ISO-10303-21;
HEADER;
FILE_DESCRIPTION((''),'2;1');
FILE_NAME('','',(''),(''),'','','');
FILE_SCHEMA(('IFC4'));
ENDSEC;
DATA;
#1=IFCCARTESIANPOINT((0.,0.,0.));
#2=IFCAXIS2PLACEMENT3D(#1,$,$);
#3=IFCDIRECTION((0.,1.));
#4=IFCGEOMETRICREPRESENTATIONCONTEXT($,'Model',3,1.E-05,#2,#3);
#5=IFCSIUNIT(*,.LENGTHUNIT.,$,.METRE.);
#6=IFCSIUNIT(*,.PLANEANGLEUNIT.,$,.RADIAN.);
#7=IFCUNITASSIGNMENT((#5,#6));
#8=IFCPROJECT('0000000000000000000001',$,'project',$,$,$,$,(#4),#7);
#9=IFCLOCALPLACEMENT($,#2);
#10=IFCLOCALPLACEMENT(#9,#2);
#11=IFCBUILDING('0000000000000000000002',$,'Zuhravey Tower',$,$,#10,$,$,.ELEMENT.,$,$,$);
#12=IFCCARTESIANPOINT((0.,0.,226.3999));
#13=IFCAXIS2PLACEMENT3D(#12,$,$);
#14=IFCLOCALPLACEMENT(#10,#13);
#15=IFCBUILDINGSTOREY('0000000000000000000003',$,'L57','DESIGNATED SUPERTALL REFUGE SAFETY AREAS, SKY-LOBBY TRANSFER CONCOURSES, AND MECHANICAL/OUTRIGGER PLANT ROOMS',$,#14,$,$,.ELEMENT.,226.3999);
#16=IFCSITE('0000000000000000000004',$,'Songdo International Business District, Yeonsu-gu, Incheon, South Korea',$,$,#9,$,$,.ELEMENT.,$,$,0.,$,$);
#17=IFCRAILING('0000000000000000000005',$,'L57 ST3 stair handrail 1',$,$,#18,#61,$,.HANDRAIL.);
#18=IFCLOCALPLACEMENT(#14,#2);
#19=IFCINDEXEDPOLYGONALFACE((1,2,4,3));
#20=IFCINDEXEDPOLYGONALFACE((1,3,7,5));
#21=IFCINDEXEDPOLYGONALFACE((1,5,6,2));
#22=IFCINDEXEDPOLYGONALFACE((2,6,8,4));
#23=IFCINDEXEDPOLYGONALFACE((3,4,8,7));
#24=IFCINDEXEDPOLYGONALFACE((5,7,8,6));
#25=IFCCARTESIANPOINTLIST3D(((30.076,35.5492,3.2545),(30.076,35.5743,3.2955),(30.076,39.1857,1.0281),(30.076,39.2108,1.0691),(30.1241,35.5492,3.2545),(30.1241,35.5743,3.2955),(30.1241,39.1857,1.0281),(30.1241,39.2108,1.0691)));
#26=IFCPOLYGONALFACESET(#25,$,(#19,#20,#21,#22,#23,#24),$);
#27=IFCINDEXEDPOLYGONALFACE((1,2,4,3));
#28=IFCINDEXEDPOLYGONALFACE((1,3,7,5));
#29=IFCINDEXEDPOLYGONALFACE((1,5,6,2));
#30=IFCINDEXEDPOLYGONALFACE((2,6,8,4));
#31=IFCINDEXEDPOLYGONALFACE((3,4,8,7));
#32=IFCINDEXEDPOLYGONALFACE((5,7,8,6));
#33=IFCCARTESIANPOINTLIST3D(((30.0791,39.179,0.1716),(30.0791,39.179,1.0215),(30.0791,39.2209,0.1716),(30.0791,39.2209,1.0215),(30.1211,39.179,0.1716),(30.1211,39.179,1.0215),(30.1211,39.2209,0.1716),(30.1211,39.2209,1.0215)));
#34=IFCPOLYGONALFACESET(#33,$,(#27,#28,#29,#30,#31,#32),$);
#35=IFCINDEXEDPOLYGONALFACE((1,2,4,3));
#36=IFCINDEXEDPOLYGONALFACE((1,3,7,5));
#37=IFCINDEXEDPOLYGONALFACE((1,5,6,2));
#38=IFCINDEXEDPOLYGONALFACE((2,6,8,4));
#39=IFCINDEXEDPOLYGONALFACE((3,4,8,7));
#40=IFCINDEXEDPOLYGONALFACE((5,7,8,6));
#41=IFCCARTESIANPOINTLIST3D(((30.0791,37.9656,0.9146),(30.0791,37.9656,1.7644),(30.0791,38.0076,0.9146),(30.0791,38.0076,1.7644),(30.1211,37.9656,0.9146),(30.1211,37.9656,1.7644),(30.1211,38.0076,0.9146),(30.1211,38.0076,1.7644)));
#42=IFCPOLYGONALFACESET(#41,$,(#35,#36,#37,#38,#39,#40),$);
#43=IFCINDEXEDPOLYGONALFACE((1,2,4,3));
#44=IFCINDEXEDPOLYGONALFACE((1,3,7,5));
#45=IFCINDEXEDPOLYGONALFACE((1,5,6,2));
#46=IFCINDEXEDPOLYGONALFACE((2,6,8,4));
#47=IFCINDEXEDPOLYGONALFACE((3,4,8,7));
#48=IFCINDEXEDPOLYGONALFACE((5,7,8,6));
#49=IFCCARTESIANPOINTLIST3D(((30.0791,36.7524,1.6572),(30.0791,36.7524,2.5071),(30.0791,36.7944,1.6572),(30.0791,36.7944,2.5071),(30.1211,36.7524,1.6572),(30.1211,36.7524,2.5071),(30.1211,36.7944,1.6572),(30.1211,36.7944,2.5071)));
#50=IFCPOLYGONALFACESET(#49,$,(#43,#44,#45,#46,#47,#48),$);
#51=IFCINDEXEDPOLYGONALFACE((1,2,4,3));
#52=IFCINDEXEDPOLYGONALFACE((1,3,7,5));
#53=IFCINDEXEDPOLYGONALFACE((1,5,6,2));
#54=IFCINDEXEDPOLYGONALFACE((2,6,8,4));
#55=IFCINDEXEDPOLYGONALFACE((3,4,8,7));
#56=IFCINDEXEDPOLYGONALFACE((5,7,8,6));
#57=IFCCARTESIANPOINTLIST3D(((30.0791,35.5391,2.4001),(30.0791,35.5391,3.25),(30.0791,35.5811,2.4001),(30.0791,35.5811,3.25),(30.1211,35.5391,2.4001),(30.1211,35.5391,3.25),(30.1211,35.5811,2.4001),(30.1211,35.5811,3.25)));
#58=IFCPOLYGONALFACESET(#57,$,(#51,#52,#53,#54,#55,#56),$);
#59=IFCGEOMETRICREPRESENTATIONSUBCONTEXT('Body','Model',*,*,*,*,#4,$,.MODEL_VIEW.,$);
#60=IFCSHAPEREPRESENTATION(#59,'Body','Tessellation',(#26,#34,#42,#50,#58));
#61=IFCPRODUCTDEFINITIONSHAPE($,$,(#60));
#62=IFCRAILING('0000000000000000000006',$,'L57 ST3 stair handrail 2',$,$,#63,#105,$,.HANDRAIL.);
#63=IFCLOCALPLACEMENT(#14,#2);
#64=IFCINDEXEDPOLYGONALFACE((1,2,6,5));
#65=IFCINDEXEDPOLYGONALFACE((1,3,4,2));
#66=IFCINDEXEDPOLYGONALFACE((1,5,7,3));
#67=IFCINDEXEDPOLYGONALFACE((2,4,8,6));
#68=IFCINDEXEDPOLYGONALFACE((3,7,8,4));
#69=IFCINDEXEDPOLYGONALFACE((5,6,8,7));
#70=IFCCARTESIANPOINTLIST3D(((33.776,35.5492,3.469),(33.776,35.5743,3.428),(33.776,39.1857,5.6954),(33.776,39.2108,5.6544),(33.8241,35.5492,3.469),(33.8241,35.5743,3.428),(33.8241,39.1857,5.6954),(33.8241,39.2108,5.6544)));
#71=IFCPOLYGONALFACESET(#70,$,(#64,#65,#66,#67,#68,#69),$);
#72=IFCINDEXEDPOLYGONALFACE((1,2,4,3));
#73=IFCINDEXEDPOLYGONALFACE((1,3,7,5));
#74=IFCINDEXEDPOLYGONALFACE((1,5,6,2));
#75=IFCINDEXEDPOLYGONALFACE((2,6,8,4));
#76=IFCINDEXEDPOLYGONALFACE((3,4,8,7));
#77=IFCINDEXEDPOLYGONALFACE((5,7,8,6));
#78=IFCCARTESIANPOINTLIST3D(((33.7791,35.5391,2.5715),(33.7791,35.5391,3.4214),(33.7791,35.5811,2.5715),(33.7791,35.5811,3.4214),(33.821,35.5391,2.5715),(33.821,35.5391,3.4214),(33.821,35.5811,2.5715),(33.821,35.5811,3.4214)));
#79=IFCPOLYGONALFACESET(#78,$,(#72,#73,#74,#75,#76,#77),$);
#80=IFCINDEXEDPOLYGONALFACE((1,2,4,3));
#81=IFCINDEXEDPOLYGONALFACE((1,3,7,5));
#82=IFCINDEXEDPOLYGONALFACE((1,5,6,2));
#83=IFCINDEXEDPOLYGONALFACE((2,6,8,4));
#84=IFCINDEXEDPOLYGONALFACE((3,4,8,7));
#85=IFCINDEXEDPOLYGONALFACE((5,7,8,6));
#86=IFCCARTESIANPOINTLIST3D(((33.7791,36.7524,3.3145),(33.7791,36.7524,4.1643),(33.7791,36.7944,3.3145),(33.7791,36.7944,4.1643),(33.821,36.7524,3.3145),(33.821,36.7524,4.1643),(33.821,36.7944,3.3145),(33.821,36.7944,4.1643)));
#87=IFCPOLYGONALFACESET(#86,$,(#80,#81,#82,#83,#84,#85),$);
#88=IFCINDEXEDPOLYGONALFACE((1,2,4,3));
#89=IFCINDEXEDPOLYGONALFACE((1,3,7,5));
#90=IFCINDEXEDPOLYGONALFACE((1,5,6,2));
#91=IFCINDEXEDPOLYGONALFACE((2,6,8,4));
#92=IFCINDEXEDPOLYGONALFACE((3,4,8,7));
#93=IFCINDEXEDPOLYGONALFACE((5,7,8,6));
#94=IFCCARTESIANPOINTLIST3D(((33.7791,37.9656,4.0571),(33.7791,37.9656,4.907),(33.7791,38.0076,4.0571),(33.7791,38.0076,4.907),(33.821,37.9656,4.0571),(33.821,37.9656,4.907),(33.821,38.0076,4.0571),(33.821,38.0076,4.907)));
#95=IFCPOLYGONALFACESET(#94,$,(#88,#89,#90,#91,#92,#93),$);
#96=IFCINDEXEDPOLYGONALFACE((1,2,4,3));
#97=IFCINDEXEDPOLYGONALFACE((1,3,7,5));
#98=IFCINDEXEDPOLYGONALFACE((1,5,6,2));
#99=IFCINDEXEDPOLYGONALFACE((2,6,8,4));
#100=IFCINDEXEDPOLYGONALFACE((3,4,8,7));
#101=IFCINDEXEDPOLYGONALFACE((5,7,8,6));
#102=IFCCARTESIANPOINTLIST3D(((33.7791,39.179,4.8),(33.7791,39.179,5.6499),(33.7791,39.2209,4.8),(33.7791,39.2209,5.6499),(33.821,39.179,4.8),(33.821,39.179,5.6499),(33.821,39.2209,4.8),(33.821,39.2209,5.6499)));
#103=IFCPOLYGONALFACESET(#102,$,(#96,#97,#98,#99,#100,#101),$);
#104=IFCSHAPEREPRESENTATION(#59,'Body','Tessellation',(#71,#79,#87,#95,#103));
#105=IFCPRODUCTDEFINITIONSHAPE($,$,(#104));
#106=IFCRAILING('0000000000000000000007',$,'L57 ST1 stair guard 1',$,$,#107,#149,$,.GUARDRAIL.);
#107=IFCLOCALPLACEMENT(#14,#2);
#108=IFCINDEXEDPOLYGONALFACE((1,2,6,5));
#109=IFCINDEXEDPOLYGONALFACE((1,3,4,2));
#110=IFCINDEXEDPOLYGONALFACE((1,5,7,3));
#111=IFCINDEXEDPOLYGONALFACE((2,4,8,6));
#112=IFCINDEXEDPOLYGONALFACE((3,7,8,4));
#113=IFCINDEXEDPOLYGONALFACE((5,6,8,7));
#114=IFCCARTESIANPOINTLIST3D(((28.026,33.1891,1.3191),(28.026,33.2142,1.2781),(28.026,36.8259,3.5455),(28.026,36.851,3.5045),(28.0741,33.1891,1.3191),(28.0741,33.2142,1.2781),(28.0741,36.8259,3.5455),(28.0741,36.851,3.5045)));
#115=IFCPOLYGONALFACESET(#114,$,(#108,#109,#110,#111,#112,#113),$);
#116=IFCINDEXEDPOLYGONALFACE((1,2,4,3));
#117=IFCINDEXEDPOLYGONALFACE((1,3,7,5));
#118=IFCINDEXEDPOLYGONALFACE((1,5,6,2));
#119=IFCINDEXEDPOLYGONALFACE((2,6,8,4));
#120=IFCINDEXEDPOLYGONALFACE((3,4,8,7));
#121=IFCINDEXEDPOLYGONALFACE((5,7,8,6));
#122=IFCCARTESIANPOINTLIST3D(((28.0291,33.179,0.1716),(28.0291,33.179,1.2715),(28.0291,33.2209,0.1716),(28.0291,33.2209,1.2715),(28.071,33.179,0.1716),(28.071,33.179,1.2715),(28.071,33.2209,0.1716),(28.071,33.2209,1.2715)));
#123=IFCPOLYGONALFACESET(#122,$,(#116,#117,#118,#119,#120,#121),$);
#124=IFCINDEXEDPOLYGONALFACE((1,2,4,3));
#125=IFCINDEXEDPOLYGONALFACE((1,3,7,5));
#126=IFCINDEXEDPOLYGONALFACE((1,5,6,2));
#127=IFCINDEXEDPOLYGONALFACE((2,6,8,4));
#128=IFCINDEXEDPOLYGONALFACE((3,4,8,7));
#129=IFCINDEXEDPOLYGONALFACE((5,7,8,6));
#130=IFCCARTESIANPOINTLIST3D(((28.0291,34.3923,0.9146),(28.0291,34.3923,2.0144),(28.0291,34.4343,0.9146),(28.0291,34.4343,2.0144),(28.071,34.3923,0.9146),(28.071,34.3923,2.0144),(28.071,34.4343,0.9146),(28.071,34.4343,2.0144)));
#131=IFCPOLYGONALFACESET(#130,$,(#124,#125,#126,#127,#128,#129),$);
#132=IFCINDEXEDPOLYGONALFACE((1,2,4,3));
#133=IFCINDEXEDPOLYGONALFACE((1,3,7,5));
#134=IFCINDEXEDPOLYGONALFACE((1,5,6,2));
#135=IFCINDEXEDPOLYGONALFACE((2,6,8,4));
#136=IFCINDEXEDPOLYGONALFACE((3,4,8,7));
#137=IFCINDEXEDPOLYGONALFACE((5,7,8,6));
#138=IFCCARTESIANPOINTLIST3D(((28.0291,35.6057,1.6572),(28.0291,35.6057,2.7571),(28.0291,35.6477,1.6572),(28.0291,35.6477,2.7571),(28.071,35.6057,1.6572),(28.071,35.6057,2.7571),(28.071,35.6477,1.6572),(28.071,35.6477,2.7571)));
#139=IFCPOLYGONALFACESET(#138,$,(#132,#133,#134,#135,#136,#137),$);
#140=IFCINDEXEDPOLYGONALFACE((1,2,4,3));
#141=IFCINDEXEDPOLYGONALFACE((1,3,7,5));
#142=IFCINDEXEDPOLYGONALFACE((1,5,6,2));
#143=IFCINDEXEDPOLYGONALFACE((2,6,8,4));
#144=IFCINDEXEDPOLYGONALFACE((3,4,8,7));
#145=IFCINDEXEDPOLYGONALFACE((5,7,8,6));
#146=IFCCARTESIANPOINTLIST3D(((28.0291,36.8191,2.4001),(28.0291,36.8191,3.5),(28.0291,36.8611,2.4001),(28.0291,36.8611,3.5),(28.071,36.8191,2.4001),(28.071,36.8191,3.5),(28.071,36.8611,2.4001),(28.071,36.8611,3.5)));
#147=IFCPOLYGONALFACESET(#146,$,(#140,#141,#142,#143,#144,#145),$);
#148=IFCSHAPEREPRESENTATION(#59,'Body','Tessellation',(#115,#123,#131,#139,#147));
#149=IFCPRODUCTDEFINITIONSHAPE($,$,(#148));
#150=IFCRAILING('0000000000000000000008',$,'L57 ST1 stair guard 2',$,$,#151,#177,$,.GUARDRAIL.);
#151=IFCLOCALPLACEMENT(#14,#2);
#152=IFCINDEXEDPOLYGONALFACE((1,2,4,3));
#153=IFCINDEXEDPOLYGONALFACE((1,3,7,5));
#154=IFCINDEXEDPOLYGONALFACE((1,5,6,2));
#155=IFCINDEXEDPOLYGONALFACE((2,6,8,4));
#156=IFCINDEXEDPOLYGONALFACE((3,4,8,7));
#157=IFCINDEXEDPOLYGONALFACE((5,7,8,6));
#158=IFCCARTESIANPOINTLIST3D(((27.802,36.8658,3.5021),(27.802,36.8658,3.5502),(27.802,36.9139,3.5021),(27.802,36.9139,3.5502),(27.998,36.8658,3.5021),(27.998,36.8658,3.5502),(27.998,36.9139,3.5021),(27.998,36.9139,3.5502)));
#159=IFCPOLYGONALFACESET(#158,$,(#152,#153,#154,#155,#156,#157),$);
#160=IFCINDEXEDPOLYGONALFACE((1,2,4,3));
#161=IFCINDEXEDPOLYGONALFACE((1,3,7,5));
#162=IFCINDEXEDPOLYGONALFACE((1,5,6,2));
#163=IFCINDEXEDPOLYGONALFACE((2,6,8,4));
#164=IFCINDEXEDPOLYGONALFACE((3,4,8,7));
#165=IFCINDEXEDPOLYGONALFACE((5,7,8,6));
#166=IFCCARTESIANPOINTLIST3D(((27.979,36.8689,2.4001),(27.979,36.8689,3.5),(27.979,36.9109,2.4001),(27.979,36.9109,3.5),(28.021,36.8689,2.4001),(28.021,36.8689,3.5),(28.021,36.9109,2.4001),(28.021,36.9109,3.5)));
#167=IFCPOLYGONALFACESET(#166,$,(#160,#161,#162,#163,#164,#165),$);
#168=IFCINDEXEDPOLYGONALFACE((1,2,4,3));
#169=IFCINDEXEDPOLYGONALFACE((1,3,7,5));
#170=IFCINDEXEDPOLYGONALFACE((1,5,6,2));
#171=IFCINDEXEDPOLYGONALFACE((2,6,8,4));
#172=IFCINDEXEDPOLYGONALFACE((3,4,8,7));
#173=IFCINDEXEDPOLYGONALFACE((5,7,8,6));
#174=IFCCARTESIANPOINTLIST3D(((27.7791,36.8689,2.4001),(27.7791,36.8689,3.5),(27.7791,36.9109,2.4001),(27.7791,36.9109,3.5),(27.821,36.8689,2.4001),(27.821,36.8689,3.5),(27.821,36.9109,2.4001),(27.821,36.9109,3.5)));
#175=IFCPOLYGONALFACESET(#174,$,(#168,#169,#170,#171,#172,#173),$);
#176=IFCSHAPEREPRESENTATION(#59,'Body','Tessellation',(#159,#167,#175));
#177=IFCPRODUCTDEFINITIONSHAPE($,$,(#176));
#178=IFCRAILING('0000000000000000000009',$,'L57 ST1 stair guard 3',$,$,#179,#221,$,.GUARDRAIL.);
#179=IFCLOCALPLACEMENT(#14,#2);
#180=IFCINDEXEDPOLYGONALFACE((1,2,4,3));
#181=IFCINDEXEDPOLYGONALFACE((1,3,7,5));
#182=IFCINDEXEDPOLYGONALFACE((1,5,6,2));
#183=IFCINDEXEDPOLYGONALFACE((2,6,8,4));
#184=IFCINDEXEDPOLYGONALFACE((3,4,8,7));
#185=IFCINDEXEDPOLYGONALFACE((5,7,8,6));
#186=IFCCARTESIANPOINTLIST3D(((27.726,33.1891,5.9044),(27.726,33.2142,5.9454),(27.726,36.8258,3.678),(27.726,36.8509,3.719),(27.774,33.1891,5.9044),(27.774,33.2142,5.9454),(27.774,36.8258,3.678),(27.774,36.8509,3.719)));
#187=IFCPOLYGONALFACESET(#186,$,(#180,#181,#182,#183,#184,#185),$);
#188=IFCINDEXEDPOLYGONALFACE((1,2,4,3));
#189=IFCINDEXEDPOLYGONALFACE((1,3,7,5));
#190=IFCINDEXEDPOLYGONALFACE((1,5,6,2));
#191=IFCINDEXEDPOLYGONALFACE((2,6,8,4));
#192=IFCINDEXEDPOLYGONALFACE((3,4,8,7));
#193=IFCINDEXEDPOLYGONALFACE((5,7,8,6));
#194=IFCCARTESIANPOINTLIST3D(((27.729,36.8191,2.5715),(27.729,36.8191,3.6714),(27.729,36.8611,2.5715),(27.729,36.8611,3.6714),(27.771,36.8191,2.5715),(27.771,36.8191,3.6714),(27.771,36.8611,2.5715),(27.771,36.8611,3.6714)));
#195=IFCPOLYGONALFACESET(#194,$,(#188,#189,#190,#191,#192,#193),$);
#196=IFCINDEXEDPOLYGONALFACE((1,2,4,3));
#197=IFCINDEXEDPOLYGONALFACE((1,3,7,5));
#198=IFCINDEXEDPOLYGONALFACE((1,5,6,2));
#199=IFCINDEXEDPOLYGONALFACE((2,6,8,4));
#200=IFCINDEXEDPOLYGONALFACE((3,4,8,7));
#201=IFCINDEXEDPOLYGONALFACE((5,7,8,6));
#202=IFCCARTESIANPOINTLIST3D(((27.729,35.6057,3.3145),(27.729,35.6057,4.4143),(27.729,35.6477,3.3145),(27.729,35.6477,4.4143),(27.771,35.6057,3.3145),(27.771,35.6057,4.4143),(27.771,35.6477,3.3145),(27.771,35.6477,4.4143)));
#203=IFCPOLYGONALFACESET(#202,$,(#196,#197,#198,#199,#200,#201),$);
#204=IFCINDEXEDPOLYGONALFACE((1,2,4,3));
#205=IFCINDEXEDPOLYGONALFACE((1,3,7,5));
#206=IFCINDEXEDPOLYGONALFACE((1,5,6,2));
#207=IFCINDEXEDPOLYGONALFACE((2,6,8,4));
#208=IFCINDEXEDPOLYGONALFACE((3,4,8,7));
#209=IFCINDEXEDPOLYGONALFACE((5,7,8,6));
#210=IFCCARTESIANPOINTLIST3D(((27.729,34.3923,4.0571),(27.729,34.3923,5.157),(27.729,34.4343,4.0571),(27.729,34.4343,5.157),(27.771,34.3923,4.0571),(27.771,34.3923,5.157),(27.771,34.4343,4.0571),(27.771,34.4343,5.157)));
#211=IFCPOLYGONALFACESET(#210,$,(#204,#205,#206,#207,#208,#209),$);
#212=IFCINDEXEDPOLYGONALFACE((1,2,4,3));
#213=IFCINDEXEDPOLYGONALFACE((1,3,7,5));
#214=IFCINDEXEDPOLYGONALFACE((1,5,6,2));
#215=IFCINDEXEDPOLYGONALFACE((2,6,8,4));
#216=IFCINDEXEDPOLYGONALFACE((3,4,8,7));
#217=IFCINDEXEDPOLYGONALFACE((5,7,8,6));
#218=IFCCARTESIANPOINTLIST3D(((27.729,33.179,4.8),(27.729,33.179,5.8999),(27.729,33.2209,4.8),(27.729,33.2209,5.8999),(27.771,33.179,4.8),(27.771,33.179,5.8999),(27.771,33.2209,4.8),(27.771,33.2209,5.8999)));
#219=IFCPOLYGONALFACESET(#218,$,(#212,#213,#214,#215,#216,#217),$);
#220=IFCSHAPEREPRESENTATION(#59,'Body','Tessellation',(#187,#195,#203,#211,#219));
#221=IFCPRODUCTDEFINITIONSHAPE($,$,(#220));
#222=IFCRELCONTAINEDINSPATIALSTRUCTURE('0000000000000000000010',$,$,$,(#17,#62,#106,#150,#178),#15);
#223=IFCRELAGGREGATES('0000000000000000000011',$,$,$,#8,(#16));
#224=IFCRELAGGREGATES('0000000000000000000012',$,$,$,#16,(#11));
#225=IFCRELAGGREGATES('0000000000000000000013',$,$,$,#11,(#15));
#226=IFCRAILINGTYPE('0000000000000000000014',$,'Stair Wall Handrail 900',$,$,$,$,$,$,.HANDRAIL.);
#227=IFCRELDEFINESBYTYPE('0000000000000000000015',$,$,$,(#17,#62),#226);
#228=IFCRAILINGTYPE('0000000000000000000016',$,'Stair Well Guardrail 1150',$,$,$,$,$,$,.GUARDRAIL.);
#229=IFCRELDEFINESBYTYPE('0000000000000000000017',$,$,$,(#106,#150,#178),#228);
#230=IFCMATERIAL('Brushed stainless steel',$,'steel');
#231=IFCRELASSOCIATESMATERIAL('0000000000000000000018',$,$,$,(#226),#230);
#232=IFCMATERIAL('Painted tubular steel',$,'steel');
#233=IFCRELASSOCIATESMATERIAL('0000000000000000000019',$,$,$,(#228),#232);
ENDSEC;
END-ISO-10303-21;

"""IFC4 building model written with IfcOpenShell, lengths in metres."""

from ifc_helpers import new_model, si_unit, direction, frame, origin, origin_2d, place, context, subcontext, project, spatial, rectangle, extrude, material, type_object, element, save


model = new_model("IFC4")

# Units and contexts
model_context = context("Model", 3, precision=1e-05, world=origin(), true_north=direction((0.0, 1.0)))
body_context = subcontext(model_context, "Body", "Model", "MODEL_VIEW")
ifc_project = project(units=[si_unit("LENGTHUNIT", "METRE"), si_unit("PLANEANGLEUNIT", "RADIAN")], contexts=[model_context])

# Site, building, storey
site_placement = place(None, origin())
site = spatial("IfcSite", under=ifc_project, at=site_placement, Name="Songdo International Business District, Yeonsu-gu, Incheon, South Korea", CompositionType="ELEMENT", RefElevation=0.0)
building_placement = place(site_placement, origin())
building = spatial("IfcBuilding", under=site, at=building_placement, Name="Zuhravey Tower", CompositionType="ELEMENT")
storey_placement = place(building_placement, frame((0.0, 0.0, 226.3999)))
storey = spatial("IfcBuildingStorey", under=building, at=storey_placement, Name="L57", Description="DESIGNATED SUPERTALL REFUGE SAFETY AREAS, SKY-LOBBY TRANSFER CONCOURSES, AND MECHANICAL/OUTRIGGER PLANT ROOMS", CompositionType="ELEMENT", Elevation=226.3999)

# Railings
ifc_material_1 = material(Name="Brushed stainless steel", Category="steel")
railing_type_1 = type_object("IfcRailingType", Name="Stair Wall Handrail 900", PredefinedType="HANDRAIL", material=ifc_material_1)
railing_1_placement = place(storey_placement, frame((30.1001, 39.2, 0.1716)))
element("IfcRailing", 1, at=railing_1_placement, inside=storey, type_object=railing_type_1, Name="L57 ST3 stair handrail 1", PredefinedType="HANDRAIL", context=body_context, shape_type="SweptSolid", body=[
    extrude(rectangle(XDim=0.0481, YDim=0.0481, at=origin_2d()), frame((0.0, -0.0017, 0.877), z_axis=(0.0, -0.85285, 0.522156), x_axis=(1.0, 0.0, 0.0)), (0.0, 0.0, 1.0), 4.2639),
    extrude(rectangle(XDim=0.042, YDim=0.042, at=origin_2d()), origin(), (0.0, 0.0, 1.0), 0.8499),
    extrude(rectangle(XDim=0.042, YDim=0.042, at=origin_2d()), frame((0.0, -1.2134, 0.7429)), (0.0, 0.0, 1.0), 0.8499),
    extrude(rectangle(XDim=0.042, YDim=0.042, at=origin_2d()), frame((0.0, -2.4265, 1.4856)), (0.0, 0.0, 1.0), 0.8499),
    extrude(rectangle(XDim=0.042, YDim=0.042, at=origin_2d()), frame((0.0, -3.6399, 2.2285)), (0.0, 0.0, 1.0), 0.8499),
])
railing_2_placement = place(storey_placement, frame((33.8, 35.5601, 2.5715)))
element("IfcRailing", 2, at=railing_2_placement, inside=storey, type_object=railing_type_1, Name="L57 ST3 stair handrail 2", PredefinedType="HANDRAIL", context=body_context, shape_type="SweptSolid", body=[
    extrude(rectangle(XDim=0.0481, YDim=0.0481, at=origin_2d()), frame((0.0, 0.0017, 0.877), z_axis=(0.0, 0.85285, 0.522156), x_axis=(-1.0, 0.0, 0.0)), (0.0, 0.0, 1.0), 4.2639),
    extrude(rectangle(XDim=0.042, YDim=0.042, at=origin_2d()), origin(), (0.0, 0.0, 1.0), 0.8499),
    extrude(rectangle(XDim=0.042, YDim=0.042, at=origin_2d()), frame((0.0, 1.2134, 0.7429)), (0.0, 0.0, 1.0), 0.8499),
    extrude(rectangle(XDim=0.042, YDim=0.042, at=origin_2d()), frame((0.0, 2.4265, 1.4856)), (0.0, 0.0, 1.0), 0.8499),
    extrude(rectangle(XDim=0.042, YDim=0.042, at=origin_2d()), frame((0.0, 3.6399, 2.2285)), (0.0, 0.0, 1.0), 0.8499),
])
ifc_material_2 = material(Name="Painted tubular steel", Category="steel")
railing_type_2 = type_object("IfcRailingType", Name="Stair Well Guardrail 1150", PredefinedType="GUARDRAIL", material=ifc_material_2)
railing_3_placement = place(storey_placement, frame((28.05, 33.2, 0.1716)))
element("IfcRailing", 3, at=railing_3_placement, inside=storey, type_object=railing_type_2, Name="L57 ST1 stair guard 1", PredefinedType="GUARDRAIL", context=body_context, shape_type="SweptSolid", body=[
    extrude(rectangle(XDim=0.0481, YDim=0.0481, at=origin_2d()), frame((0.0, 0.0017, 1.127), z_axis=(0.0, 0.852866, 0.52213), x_axis=(-1.0, 0.0, 0.0)), (0.0, 0.0, 1.0), 4.2642),
    extrude(rectangle(XDim=0.042, YDim=0.042, at=origin_2d()), origin(), (0.0, 0.0, 1.0), 1.0999),
    extrude(rectangle(XDim=0.042, YDim=0.042, at=origin_2d()), frame((0.0, 1.2134, 0.7429)), (0.0, 0.0, 1.0), 1.0999),
    extrude(rectangle(XDim=0.042, YDim=0.042, at=origin_2d()), frame((0.0, 2.4268, 1.4856)), (0.0, 0.0, 1.0), 1.0999),
    extrude(rectangle(XDim=0.042, YDim=0.042, at=origin_2d()), frame((0.0, 3.6401, 2.2285)), (0.0, 0.0, 1.0), 1.0999),
])
railing_4_placement = place(storey_placement, frame((28.0, 36.8899, 2.4001)))
element("IfcRailing", 4, at=railing_4_placement, inside=storey, type_object=railing_type_2, Name="L57 ST1 stair guard 2", PredefinedType="GUARDRAIL", context=body_context, shape_type="SweptSolid", body=[
    extrude(rectangle(XDim=0.0481, YDim=0.0481, at=origin_2d()), frame((-0.002, 0.0, 1.126), z_axis=(-1.0, 0.0, 0.0), x_axis=(0.0, -1.0, 0.0)), (0.0, 0.0, 1.0), 0.196),
    extrude(rectangle(XDim=0.042, YDim=0.042, at=origin_2d()), origin(), (0.0, 0.0, 1.0), 1.0999),
    extrude(rectangle(XDim=0.042, YDim=0.042, at=origin_2d()), frame((-0.2, 0.0, 0.0)), (0.0, 0.0, 1.0), 1.0999),
])
railing_5_placement = place(storey_placement, frame((27.75, 36.8401, 2.5715)))
element("IfcRailing", 5, at=railing_5_placement, inside=storey, type_object=railing_type_2, Name="L57 ST1 stair guard 3", PredefinedType="GUARDRAIL", context=body_context, shape_type="SweptSolid", body=[
    extrude(rectangle(XDim=0.0481, YDim=0.0481, at=origin_2d()), frame((0.0, -0.0017, 1.127), z_axis=(0.0, -0.852866, 0.52213), x_axis=(1.0, 0.0, 0.0)), (0.0, 0.0, 1.0), 4.2642),
    extrude(rectangle(XDim=0.042, YDim=0.042, at=origin_2d()), origin(), (0.0, 0.0, 1.0), 1.0999),
    extrude(rectangle(XDim=0.042, YDim=0.042, at=origin_2d()), frame((0.0, -1.2134, 0.7429)), (0.0, 0.0, 1.0), 1.0999),
    extrude(rectangle(XDim=0.042, YDim=0.042, at=origin_2d()), frame((0.0, -2.4268, 1.4856)), (0.0, 0.0, 1.0), 1.0999),
    extrude(rectangle(XDim=0.042, YDim=0.042, at=origin_2d()), frame((0.0, -3.6401, 2.2285)), (0.0, 0.0, 1.0), 1.0999),
])

save(model, "model.ifc")
